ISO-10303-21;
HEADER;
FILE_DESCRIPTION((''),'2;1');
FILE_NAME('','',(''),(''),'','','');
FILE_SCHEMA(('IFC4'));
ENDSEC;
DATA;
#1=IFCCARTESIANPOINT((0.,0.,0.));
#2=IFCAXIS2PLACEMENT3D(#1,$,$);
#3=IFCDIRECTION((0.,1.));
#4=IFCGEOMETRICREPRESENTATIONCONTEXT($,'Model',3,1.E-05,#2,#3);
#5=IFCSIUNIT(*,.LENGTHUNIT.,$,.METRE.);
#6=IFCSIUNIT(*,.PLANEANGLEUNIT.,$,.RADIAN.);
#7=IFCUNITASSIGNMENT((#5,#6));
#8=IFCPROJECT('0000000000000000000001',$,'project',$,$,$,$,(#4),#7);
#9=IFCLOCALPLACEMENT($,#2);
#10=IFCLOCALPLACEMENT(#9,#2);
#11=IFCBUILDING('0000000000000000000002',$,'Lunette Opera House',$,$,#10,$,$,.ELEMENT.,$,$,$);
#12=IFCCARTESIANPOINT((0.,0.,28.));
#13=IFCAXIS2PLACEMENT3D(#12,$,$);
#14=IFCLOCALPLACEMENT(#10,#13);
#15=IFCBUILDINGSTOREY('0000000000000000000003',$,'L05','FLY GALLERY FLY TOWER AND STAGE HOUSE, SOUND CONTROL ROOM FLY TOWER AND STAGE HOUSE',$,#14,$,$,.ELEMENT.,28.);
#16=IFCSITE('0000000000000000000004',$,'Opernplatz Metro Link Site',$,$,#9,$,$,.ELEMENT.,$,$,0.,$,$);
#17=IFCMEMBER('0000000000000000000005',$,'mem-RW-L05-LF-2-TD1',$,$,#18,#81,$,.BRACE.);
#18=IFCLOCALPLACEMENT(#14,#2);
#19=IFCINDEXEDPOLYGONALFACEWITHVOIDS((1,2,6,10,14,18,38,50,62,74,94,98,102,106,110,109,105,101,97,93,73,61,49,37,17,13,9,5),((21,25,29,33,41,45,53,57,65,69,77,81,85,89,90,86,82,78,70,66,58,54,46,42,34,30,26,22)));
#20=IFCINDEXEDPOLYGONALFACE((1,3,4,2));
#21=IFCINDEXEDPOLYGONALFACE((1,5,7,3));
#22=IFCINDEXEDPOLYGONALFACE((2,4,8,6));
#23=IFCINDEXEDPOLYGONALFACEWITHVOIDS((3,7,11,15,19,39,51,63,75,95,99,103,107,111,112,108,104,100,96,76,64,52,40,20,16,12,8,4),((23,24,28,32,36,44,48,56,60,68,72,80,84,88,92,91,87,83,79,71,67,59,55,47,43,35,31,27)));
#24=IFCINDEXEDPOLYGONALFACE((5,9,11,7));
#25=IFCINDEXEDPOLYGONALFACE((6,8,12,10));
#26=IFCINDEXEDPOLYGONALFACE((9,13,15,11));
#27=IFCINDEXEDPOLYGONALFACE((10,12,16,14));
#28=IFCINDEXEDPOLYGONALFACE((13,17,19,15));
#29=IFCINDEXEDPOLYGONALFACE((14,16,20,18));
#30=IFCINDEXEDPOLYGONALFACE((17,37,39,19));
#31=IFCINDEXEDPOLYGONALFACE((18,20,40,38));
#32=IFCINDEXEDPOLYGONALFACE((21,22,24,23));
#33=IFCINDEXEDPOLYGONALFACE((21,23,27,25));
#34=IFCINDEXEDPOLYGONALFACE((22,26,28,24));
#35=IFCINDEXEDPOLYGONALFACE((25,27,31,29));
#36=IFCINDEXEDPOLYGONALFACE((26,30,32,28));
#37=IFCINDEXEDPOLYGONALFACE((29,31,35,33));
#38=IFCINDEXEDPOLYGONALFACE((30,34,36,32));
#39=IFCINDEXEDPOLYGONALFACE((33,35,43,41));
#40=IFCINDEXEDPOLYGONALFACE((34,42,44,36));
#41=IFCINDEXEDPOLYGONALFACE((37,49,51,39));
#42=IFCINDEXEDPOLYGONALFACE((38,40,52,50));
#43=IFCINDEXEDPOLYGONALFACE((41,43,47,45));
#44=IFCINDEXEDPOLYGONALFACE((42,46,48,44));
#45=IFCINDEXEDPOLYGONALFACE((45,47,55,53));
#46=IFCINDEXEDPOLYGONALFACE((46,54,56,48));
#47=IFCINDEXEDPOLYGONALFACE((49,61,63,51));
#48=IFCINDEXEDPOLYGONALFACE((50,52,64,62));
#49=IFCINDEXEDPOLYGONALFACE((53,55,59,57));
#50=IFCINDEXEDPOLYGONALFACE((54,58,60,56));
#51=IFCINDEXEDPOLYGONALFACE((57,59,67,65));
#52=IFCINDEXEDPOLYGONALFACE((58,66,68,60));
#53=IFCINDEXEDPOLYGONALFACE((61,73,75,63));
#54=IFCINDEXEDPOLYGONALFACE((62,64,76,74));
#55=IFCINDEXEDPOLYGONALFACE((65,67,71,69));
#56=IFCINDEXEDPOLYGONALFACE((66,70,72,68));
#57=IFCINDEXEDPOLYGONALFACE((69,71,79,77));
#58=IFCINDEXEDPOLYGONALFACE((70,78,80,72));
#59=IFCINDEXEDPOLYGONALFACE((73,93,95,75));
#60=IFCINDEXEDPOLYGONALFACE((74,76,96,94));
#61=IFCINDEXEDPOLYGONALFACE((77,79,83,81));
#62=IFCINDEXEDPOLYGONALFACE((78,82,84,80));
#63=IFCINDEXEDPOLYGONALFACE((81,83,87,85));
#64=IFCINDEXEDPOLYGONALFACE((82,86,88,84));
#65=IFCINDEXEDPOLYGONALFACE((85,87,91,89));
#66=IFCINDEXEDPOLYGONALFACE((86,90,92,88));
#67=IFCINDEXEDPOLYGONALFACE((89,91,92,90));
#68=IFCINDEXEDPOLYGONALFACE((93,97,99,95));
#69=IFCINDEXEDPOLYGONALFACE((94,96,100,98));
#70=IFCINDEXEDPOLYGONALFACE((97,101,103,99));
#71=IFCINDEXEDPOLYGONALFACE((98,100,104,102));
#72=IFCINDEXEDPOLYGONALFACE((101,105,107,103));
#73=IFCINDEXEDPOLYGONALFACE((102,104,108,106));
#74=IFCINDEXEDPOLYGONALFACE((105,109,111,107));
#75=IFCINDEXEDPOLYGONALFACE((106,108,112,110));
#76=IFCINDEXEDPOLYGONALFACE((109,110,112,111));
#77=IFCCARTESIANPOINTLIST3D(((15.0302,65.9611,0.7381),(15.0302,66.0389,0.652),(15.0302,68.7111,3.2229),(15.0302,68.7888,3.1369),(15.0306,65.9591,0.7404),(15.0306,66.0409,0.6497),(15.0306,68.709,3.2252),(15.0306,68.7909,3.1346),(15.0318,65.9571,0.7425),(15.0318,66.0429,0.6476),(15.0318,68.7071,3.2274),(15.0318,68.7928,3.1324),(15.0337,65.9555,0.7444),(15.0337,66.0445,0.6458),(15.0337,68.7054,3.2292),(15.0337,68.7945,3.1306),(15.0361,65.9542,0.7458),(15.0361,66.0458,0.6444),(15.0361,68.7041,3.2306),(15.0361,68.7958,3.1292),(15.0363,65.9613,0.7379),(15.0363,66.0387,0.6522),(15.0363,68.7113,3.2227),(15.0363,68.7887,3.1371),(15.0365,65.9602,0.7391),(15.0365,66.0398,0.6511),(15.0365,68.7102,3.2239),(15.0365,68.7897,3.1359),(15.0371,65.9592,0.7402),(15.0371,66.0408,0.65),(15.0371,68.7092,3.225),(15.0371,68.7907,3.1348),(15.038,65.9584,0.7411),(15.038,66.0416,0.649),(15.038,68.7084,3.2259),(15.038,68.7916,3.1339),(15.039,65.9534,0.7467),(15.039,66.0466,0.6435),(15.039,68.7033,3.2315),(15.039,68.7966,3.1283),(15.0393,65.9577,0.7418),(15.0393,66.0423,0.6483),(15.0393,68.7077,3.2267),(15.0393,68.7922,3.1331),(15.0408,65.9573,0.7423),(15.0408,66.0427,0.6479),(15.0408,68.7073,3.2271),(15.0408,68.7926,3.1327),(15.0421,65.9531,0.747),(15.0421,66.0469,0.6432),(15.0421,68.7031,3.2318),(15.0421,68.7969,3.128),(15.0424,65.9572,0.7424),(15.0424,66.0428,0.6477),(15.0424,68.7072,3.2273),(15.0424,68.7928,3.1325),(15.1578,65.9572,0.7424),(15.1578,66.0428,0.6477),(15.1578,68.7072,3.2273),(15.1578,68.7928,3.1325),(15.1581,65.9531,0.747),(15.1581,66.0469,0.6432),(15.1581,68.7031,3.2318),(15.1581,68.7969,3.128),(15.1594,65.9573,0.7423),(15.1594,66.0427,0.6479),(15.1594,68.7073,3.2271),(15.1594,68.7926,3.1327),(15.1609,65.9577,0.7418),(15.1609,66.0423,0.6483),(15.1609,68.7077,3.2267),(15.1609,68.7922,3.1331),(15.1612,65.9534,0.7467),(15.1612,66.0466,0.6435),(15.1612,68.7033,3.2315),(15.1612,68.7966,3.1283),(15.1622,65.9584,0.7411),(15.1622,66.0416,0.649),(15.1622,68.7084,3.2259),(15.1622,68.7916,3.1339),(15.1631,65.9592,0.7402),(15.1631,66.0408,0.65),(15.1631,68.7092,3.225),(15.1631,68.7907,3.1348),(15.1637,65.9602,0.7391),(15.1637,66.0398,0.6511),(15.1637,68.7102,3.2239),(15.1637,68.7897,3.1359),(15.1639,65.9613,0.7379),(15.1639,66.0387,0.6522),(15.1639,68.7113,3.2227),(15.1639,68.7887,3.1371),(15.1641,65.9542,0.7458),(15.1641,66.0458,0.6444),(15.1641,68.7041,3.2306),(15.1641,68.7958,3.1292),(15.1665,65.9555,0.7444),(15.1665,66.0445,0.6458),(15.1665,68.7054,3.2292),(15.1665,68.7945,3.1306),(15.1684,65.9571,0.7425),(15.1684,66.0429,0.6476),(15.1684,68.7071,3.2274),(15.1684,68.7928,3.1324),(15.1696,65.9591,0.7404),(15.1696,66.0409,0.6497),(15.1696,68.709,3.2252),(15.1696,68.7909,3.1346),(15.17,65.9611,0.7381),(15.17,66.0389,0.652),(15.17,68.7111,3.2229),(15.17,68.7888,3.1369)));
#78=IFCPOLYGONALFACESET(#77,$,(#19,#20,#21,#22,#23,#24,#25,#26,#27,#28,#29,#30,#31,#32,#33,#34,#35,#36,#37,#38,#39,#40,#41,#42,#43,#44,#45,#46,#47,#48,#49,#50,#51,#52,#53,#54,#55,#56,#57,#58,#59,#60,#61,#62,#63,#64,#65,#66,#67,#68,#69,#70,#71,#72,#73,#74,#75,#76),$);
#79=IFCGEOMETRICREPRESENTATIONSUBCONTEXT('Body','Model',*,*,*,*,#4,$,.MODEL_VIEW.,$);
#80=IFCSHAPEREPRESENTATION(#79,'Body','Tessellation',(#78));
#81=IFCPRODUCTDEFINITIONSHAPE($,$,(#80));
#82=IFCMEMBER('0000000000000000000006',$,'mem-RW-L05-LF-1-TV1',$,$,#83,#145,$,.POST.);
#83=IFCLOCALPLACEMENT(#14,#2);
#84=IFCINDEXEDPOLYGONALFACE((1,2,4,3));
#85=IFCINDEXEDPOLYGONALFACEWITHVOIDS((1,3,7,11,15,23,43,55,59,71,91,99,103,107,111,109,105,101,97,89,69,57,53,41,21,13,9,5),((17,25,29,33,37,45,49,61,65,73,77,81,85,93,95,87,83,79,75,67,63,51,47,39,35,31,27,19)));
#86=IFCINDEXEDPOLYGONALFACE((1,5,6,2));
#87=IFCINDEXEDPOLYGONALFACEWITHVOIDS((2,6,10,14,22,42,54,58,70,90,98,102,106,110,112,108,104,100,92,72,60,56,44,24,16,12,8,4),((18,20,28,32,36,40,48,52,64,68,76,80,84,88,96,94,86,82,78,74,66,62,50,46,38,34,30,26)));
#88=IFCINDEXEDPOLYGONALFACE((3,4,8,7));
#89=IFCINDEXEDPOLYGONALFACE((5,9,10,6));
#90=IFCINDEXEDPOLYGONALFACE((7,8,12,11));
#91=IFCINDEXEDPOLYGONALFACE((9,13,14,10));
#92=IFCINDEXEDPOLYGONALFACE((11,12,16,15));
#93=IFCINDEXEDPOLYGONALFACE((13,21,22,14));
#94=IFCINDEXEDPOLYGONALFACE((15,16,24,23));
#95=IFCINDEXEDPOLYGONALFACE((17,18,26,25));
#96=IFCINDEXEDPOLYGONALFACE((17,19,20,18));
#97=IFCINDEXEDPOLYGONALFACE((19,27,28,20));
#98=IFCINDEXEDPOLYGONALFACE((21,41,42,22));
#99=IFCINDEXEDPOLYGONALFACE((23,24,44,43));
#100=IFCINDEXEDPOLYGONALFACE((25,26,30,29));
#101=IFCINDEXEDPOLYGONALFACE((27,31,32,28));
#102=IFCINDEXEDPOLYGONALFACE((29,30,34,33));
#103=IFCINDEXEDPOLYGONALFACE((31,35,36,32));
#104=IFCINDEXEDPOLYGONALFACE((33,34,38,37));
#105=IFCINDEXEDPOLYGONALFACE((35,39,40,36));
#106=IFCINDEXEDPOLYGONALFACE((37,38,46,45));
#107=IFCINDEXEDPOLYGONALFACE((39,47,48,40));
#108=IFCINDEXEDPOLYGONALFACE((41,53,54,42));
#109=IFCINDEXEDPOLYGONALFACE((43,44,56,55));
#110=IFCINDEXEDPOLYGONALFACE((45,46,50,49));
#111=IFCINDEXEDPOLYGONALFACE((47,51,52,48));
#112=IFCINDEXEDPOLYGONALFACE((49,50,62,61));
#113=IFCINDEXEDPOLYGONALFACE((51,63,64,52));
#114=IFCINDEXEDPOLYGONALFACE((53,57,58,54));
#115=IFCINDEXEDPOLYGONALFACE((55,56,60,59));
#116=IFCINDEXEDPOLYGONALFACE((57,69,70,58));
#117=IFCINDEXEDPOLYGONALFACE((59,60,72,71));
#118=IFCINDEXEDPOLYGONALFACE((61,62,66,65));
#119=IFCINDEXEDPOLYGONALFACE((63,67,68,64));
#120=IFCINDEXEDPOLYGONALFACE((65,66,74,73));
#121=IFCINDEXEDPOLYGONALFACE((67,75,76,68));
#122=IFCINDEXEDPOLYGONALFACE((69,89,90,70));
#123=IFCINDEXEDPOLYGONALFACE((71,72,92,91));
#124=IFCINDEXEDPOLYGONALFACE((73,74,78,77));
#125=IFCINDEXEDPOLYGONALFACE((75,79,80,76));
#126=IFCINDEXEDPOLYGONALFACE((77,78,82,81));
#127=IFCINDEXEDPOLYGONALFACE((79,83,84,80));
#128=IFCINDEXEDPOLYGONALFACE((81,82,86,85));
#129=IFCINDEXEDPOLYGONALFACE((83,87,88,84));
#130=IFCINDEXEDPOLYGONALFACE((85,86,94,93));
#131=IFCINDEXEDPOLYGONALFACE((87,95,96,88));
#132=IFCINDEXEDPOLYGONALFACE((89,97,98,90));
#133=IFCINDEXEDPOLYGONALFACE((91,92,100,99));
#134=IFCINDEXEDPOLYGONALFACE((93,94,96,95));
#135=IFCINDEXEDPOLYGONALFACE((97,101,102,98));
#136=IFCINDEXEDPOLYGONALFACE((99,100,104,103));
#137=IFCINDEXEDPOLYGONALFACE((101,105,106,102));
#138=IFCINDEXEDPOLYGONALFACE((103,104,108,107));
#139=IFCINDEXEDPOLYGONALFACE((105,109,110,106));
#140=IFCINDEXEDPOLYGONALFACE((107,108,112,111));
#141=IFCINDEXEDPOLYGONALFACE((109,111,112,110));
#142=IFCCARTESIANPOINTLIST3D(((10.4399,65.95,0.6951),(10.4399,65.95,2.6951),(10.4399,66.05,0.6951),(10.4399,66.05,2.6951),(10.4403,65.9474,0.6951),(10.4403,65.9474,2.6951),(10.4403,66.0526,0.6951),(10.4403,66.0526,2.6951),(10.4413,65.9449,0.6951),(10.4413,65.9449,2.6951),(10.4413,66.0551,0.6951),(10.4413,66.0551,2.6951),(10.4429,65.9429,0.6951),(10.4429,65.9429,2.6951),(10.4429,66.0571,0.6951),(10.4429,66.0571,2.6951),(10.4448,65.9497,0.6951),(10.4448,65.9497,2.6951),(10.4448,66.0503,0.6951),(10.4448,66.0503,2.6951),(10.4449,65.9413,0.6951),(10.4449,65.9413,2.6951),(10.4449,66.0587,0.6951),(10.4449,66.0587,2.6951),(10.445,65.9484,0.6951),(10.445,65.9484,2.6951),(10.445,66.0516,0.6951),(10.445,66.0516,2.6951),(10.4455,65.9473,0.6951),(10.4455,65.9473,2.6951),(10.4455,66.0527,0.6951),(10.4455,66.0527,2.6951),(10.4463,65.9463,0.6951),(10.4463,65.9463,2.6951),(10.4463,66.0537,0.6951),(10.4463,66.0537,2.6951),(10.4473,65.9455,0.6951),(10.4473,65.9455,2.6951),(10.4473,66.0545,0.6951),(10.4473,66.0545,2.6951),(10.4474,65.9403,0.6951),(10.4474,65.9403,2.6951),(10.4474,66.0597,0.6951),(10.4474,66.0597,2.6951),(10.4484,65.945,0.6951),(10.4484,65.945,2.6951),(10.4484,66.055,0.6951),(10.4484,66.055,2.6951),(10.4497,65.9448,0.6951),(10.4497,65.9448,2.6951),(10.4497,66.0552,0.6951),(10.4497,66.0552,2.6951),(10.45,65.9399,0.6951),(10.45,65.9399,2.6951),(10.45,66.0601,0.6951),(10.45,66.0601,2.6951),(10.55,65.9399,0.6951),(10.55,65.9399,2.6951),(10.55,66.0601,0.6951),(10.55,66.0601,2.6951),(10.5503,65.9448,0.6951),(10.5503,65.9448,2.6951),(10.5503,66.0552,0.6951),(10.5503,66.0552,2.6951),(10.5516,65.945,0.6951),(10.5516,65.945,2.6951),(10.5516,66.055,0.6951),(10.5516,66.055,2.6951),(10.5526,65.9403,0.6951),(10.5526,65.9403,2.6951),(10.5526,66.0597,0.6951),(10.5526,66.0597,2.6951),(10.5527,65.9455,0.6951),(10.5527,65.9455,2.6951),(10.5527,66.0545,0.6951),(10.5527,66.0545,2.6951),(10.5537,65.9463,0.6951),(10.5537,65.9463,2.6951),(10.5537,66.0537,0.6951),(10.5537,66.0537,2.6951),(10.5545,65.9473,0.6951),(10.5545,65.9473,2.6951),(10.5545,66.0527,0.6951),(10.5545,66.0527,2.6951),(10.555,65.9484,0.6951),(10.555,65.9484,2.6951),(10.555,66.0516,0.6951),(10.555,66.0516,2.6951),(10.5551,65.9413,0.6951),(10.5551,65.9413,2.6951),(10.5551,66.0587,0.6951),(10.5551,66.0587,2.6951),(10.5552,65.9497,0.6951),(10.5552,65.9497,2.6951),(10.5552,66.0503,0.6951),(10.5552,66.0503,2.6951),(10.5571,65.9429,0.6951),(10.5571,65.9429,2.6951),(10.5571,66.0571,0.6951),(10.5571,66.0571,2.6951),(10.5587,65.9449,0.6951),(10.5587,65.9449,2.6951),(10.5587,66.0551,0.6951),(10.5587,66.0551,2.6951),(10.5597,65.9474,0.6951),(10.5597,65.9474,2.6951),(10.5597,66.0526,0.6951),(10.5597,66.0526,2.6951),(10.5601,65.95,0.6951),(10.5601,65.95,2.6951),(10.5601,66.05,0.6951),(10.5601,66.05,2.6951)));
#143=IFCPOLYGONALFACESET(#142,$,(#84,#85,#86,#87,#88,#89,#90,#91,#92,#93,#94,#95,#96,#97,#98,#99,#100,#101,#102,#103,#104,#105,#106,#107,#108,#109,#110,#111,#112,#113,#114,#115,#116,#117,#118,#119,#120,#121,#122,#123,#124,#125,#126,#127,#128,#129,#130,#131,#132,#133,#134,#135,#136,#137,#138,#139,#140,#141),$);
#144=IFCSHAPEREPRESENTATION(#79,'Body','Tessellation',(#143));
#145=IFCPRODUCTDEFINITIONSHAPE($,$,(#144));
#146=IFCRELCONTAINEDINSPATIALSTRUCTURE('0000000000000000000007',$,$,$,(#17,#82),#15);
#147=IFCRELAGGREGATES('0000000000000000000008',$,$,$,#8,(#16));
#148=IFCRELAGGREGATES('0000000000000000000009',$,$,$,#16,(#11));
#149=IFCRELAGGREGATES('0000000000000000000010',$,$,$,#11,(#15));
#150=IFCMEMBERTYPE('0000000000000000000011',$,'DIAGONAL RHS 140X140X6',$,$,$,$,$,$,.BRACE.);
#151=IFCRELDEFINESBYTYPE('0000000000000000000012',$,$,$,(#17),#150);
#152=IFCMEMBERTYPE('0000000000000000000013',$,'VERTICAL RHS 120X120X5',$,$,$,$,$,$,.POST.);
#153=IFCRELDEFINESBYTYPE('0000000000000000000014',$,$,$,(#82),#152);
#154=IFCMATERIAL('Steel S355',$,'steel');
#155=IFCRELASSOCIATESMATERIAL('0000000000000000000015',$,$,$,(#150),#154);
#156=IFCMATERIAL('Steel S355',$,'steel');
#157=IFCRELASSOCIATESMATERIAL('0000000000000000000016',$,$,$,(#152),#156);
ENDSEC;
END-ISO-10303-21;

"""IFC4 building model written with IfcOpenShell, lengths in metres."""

from ifc_helpers import new_model, si_unit, direction, frame, origin, origin_2d, place, context, subcontext, project, spatial, hollow_rectangle, extrude, material, material_profile, profile_set, type_object, element, save


model = new_model("IFC4")

# Units and contexts
model_context = context("Model", 3, precision=1e-05, world=origin(), true_north=direction((0.0, 1.0)))
body_context = subcontext(model_context, "Body", "Model", "MODEL_VIEW")
ifc_project = project(units=[si_unit("LENGTHUNIT", "METRE"), si_unit("PLANEANGLEUNIT", "RADIAN")], contexts=[model_context])

# Site, building, storey
site_placement = place(None, origin())
site = spatial("IfcSite", under=ifc_project, at=site_placement, Name="Opernplatz Metro Link Site", CompositionType="ELEMENT", RefElevation=0.0)
building_placement = place(site_placement, origin())
building = spatial("IfcBuilding", under=site, at=building_placement, Name="Lunette Opera House", CompositionType="ELEMENT")
storey_placement = place(building_placement, frame((0.0, 0.0, 28.0)))
storey = spatial("IfcBuildingStorey", under=building, at=storey_placement, Name="L05", Description="FLY GALLERY FLY TOWER AND STAGE HOUSE, SOUND CONTROL ROOM FLY TOWER AND STAGE HOUSE", CompositionType="ELEMENT", Elevation=28.0)

# Members
ifc_material_1 = material(Name="Steel S355", Category="steel")
ifc_material_profile_1 = material_profile(ifc_material_1, hollow_rectangle(XDim=0.1399, YDim=0.1399, WallThickness=0.0061, InnerFilletRadius=0.0061, OuterFilletRadius=0.012, at=origin_2d()), Name="RHS 140X140X6")
ifc_profile_set_1 = profile_set([ifc_material_profile_1], Name="Steel S355")
member_type_1 = type_object("IfcMemberType", Name="DIAGONAL RHS 140X140X6", PredefinedType="BRACE", material=ifc_profile_set_1)
for number, where, z_axis, x_axis, name in (
    (1, (15.1001, 66.0, 0.6951), (0.0, 0.741969, 0.670434), (-1.0, 0.0, 0.0), "mem-RW-L05-LF-2-TD1"),
):
    element("IfcMember", number, at=place(storey_placement, frame(where, z_axis=z_axis, x_axis=x_axis)), inside=storey, type_object=member_type_1, Name=name, PredefinedType="BRACE", context=body_context, shape_type="SweptSolid", body=[
        extrude(hollow_rectangle(XDim=0.1399, YDim=0.1399, WallThickness=0.0061, InnerFilletRadius=0.0061, OuterFilletRadius=0.012, at=origin_2d()), origin(), (0.0, 0.0, 1.0), 3.7063),
    ])
ifc_material_2 = material(Name="Steel S355", Category="steel")
ifc_material_profile_2 = material_profile(ifc_material_2, hollow_rectangle(XDim=0.1201, YDim=0.1201, WallThickness=0.0049, InnerFilletRadius=0.0049, OuterFilletRadius=0.01, at=origin_2d()), Name="RHS 120X120X5")
ifc_profile_set_2 = profile_set([ifc_material_profile_2], Name="Steel S355")
member_type_2 = type_object("IfcMemberType", Name="VERTICAL RHS 120X120X5", PredefinedType="POST", material=ifc_profile_set_2)
for number, where, z_axis, x_axis, name in (
    (2, (10.5, 66.0, 0.6951), (0.0, 0.0, 1.0), (1.0, 0.0, 0.0), "mem-RW-L05-LF-1-TV1"),
):
    element("IfcMember", number, at=place(storey_placement, frame(where, z_axis=z_axis, x_axis=x_axis)), inside=storey, type_object=member_type_2, Name=name, PredefinedType="POST", context=body_context, shape_type="SweptSolid", body=[
        extrude(hollow_rectangle(XDim=0.1201, YDim=0.1201, WallThickness=0.0049, InnerFilletRadius=0.0049, OuterFilletRadius=0.01, at=origin_2d()), origin(), (0.0, 0.0, 1.0), 2.0),
    ])

save(model, "model.ifc")
